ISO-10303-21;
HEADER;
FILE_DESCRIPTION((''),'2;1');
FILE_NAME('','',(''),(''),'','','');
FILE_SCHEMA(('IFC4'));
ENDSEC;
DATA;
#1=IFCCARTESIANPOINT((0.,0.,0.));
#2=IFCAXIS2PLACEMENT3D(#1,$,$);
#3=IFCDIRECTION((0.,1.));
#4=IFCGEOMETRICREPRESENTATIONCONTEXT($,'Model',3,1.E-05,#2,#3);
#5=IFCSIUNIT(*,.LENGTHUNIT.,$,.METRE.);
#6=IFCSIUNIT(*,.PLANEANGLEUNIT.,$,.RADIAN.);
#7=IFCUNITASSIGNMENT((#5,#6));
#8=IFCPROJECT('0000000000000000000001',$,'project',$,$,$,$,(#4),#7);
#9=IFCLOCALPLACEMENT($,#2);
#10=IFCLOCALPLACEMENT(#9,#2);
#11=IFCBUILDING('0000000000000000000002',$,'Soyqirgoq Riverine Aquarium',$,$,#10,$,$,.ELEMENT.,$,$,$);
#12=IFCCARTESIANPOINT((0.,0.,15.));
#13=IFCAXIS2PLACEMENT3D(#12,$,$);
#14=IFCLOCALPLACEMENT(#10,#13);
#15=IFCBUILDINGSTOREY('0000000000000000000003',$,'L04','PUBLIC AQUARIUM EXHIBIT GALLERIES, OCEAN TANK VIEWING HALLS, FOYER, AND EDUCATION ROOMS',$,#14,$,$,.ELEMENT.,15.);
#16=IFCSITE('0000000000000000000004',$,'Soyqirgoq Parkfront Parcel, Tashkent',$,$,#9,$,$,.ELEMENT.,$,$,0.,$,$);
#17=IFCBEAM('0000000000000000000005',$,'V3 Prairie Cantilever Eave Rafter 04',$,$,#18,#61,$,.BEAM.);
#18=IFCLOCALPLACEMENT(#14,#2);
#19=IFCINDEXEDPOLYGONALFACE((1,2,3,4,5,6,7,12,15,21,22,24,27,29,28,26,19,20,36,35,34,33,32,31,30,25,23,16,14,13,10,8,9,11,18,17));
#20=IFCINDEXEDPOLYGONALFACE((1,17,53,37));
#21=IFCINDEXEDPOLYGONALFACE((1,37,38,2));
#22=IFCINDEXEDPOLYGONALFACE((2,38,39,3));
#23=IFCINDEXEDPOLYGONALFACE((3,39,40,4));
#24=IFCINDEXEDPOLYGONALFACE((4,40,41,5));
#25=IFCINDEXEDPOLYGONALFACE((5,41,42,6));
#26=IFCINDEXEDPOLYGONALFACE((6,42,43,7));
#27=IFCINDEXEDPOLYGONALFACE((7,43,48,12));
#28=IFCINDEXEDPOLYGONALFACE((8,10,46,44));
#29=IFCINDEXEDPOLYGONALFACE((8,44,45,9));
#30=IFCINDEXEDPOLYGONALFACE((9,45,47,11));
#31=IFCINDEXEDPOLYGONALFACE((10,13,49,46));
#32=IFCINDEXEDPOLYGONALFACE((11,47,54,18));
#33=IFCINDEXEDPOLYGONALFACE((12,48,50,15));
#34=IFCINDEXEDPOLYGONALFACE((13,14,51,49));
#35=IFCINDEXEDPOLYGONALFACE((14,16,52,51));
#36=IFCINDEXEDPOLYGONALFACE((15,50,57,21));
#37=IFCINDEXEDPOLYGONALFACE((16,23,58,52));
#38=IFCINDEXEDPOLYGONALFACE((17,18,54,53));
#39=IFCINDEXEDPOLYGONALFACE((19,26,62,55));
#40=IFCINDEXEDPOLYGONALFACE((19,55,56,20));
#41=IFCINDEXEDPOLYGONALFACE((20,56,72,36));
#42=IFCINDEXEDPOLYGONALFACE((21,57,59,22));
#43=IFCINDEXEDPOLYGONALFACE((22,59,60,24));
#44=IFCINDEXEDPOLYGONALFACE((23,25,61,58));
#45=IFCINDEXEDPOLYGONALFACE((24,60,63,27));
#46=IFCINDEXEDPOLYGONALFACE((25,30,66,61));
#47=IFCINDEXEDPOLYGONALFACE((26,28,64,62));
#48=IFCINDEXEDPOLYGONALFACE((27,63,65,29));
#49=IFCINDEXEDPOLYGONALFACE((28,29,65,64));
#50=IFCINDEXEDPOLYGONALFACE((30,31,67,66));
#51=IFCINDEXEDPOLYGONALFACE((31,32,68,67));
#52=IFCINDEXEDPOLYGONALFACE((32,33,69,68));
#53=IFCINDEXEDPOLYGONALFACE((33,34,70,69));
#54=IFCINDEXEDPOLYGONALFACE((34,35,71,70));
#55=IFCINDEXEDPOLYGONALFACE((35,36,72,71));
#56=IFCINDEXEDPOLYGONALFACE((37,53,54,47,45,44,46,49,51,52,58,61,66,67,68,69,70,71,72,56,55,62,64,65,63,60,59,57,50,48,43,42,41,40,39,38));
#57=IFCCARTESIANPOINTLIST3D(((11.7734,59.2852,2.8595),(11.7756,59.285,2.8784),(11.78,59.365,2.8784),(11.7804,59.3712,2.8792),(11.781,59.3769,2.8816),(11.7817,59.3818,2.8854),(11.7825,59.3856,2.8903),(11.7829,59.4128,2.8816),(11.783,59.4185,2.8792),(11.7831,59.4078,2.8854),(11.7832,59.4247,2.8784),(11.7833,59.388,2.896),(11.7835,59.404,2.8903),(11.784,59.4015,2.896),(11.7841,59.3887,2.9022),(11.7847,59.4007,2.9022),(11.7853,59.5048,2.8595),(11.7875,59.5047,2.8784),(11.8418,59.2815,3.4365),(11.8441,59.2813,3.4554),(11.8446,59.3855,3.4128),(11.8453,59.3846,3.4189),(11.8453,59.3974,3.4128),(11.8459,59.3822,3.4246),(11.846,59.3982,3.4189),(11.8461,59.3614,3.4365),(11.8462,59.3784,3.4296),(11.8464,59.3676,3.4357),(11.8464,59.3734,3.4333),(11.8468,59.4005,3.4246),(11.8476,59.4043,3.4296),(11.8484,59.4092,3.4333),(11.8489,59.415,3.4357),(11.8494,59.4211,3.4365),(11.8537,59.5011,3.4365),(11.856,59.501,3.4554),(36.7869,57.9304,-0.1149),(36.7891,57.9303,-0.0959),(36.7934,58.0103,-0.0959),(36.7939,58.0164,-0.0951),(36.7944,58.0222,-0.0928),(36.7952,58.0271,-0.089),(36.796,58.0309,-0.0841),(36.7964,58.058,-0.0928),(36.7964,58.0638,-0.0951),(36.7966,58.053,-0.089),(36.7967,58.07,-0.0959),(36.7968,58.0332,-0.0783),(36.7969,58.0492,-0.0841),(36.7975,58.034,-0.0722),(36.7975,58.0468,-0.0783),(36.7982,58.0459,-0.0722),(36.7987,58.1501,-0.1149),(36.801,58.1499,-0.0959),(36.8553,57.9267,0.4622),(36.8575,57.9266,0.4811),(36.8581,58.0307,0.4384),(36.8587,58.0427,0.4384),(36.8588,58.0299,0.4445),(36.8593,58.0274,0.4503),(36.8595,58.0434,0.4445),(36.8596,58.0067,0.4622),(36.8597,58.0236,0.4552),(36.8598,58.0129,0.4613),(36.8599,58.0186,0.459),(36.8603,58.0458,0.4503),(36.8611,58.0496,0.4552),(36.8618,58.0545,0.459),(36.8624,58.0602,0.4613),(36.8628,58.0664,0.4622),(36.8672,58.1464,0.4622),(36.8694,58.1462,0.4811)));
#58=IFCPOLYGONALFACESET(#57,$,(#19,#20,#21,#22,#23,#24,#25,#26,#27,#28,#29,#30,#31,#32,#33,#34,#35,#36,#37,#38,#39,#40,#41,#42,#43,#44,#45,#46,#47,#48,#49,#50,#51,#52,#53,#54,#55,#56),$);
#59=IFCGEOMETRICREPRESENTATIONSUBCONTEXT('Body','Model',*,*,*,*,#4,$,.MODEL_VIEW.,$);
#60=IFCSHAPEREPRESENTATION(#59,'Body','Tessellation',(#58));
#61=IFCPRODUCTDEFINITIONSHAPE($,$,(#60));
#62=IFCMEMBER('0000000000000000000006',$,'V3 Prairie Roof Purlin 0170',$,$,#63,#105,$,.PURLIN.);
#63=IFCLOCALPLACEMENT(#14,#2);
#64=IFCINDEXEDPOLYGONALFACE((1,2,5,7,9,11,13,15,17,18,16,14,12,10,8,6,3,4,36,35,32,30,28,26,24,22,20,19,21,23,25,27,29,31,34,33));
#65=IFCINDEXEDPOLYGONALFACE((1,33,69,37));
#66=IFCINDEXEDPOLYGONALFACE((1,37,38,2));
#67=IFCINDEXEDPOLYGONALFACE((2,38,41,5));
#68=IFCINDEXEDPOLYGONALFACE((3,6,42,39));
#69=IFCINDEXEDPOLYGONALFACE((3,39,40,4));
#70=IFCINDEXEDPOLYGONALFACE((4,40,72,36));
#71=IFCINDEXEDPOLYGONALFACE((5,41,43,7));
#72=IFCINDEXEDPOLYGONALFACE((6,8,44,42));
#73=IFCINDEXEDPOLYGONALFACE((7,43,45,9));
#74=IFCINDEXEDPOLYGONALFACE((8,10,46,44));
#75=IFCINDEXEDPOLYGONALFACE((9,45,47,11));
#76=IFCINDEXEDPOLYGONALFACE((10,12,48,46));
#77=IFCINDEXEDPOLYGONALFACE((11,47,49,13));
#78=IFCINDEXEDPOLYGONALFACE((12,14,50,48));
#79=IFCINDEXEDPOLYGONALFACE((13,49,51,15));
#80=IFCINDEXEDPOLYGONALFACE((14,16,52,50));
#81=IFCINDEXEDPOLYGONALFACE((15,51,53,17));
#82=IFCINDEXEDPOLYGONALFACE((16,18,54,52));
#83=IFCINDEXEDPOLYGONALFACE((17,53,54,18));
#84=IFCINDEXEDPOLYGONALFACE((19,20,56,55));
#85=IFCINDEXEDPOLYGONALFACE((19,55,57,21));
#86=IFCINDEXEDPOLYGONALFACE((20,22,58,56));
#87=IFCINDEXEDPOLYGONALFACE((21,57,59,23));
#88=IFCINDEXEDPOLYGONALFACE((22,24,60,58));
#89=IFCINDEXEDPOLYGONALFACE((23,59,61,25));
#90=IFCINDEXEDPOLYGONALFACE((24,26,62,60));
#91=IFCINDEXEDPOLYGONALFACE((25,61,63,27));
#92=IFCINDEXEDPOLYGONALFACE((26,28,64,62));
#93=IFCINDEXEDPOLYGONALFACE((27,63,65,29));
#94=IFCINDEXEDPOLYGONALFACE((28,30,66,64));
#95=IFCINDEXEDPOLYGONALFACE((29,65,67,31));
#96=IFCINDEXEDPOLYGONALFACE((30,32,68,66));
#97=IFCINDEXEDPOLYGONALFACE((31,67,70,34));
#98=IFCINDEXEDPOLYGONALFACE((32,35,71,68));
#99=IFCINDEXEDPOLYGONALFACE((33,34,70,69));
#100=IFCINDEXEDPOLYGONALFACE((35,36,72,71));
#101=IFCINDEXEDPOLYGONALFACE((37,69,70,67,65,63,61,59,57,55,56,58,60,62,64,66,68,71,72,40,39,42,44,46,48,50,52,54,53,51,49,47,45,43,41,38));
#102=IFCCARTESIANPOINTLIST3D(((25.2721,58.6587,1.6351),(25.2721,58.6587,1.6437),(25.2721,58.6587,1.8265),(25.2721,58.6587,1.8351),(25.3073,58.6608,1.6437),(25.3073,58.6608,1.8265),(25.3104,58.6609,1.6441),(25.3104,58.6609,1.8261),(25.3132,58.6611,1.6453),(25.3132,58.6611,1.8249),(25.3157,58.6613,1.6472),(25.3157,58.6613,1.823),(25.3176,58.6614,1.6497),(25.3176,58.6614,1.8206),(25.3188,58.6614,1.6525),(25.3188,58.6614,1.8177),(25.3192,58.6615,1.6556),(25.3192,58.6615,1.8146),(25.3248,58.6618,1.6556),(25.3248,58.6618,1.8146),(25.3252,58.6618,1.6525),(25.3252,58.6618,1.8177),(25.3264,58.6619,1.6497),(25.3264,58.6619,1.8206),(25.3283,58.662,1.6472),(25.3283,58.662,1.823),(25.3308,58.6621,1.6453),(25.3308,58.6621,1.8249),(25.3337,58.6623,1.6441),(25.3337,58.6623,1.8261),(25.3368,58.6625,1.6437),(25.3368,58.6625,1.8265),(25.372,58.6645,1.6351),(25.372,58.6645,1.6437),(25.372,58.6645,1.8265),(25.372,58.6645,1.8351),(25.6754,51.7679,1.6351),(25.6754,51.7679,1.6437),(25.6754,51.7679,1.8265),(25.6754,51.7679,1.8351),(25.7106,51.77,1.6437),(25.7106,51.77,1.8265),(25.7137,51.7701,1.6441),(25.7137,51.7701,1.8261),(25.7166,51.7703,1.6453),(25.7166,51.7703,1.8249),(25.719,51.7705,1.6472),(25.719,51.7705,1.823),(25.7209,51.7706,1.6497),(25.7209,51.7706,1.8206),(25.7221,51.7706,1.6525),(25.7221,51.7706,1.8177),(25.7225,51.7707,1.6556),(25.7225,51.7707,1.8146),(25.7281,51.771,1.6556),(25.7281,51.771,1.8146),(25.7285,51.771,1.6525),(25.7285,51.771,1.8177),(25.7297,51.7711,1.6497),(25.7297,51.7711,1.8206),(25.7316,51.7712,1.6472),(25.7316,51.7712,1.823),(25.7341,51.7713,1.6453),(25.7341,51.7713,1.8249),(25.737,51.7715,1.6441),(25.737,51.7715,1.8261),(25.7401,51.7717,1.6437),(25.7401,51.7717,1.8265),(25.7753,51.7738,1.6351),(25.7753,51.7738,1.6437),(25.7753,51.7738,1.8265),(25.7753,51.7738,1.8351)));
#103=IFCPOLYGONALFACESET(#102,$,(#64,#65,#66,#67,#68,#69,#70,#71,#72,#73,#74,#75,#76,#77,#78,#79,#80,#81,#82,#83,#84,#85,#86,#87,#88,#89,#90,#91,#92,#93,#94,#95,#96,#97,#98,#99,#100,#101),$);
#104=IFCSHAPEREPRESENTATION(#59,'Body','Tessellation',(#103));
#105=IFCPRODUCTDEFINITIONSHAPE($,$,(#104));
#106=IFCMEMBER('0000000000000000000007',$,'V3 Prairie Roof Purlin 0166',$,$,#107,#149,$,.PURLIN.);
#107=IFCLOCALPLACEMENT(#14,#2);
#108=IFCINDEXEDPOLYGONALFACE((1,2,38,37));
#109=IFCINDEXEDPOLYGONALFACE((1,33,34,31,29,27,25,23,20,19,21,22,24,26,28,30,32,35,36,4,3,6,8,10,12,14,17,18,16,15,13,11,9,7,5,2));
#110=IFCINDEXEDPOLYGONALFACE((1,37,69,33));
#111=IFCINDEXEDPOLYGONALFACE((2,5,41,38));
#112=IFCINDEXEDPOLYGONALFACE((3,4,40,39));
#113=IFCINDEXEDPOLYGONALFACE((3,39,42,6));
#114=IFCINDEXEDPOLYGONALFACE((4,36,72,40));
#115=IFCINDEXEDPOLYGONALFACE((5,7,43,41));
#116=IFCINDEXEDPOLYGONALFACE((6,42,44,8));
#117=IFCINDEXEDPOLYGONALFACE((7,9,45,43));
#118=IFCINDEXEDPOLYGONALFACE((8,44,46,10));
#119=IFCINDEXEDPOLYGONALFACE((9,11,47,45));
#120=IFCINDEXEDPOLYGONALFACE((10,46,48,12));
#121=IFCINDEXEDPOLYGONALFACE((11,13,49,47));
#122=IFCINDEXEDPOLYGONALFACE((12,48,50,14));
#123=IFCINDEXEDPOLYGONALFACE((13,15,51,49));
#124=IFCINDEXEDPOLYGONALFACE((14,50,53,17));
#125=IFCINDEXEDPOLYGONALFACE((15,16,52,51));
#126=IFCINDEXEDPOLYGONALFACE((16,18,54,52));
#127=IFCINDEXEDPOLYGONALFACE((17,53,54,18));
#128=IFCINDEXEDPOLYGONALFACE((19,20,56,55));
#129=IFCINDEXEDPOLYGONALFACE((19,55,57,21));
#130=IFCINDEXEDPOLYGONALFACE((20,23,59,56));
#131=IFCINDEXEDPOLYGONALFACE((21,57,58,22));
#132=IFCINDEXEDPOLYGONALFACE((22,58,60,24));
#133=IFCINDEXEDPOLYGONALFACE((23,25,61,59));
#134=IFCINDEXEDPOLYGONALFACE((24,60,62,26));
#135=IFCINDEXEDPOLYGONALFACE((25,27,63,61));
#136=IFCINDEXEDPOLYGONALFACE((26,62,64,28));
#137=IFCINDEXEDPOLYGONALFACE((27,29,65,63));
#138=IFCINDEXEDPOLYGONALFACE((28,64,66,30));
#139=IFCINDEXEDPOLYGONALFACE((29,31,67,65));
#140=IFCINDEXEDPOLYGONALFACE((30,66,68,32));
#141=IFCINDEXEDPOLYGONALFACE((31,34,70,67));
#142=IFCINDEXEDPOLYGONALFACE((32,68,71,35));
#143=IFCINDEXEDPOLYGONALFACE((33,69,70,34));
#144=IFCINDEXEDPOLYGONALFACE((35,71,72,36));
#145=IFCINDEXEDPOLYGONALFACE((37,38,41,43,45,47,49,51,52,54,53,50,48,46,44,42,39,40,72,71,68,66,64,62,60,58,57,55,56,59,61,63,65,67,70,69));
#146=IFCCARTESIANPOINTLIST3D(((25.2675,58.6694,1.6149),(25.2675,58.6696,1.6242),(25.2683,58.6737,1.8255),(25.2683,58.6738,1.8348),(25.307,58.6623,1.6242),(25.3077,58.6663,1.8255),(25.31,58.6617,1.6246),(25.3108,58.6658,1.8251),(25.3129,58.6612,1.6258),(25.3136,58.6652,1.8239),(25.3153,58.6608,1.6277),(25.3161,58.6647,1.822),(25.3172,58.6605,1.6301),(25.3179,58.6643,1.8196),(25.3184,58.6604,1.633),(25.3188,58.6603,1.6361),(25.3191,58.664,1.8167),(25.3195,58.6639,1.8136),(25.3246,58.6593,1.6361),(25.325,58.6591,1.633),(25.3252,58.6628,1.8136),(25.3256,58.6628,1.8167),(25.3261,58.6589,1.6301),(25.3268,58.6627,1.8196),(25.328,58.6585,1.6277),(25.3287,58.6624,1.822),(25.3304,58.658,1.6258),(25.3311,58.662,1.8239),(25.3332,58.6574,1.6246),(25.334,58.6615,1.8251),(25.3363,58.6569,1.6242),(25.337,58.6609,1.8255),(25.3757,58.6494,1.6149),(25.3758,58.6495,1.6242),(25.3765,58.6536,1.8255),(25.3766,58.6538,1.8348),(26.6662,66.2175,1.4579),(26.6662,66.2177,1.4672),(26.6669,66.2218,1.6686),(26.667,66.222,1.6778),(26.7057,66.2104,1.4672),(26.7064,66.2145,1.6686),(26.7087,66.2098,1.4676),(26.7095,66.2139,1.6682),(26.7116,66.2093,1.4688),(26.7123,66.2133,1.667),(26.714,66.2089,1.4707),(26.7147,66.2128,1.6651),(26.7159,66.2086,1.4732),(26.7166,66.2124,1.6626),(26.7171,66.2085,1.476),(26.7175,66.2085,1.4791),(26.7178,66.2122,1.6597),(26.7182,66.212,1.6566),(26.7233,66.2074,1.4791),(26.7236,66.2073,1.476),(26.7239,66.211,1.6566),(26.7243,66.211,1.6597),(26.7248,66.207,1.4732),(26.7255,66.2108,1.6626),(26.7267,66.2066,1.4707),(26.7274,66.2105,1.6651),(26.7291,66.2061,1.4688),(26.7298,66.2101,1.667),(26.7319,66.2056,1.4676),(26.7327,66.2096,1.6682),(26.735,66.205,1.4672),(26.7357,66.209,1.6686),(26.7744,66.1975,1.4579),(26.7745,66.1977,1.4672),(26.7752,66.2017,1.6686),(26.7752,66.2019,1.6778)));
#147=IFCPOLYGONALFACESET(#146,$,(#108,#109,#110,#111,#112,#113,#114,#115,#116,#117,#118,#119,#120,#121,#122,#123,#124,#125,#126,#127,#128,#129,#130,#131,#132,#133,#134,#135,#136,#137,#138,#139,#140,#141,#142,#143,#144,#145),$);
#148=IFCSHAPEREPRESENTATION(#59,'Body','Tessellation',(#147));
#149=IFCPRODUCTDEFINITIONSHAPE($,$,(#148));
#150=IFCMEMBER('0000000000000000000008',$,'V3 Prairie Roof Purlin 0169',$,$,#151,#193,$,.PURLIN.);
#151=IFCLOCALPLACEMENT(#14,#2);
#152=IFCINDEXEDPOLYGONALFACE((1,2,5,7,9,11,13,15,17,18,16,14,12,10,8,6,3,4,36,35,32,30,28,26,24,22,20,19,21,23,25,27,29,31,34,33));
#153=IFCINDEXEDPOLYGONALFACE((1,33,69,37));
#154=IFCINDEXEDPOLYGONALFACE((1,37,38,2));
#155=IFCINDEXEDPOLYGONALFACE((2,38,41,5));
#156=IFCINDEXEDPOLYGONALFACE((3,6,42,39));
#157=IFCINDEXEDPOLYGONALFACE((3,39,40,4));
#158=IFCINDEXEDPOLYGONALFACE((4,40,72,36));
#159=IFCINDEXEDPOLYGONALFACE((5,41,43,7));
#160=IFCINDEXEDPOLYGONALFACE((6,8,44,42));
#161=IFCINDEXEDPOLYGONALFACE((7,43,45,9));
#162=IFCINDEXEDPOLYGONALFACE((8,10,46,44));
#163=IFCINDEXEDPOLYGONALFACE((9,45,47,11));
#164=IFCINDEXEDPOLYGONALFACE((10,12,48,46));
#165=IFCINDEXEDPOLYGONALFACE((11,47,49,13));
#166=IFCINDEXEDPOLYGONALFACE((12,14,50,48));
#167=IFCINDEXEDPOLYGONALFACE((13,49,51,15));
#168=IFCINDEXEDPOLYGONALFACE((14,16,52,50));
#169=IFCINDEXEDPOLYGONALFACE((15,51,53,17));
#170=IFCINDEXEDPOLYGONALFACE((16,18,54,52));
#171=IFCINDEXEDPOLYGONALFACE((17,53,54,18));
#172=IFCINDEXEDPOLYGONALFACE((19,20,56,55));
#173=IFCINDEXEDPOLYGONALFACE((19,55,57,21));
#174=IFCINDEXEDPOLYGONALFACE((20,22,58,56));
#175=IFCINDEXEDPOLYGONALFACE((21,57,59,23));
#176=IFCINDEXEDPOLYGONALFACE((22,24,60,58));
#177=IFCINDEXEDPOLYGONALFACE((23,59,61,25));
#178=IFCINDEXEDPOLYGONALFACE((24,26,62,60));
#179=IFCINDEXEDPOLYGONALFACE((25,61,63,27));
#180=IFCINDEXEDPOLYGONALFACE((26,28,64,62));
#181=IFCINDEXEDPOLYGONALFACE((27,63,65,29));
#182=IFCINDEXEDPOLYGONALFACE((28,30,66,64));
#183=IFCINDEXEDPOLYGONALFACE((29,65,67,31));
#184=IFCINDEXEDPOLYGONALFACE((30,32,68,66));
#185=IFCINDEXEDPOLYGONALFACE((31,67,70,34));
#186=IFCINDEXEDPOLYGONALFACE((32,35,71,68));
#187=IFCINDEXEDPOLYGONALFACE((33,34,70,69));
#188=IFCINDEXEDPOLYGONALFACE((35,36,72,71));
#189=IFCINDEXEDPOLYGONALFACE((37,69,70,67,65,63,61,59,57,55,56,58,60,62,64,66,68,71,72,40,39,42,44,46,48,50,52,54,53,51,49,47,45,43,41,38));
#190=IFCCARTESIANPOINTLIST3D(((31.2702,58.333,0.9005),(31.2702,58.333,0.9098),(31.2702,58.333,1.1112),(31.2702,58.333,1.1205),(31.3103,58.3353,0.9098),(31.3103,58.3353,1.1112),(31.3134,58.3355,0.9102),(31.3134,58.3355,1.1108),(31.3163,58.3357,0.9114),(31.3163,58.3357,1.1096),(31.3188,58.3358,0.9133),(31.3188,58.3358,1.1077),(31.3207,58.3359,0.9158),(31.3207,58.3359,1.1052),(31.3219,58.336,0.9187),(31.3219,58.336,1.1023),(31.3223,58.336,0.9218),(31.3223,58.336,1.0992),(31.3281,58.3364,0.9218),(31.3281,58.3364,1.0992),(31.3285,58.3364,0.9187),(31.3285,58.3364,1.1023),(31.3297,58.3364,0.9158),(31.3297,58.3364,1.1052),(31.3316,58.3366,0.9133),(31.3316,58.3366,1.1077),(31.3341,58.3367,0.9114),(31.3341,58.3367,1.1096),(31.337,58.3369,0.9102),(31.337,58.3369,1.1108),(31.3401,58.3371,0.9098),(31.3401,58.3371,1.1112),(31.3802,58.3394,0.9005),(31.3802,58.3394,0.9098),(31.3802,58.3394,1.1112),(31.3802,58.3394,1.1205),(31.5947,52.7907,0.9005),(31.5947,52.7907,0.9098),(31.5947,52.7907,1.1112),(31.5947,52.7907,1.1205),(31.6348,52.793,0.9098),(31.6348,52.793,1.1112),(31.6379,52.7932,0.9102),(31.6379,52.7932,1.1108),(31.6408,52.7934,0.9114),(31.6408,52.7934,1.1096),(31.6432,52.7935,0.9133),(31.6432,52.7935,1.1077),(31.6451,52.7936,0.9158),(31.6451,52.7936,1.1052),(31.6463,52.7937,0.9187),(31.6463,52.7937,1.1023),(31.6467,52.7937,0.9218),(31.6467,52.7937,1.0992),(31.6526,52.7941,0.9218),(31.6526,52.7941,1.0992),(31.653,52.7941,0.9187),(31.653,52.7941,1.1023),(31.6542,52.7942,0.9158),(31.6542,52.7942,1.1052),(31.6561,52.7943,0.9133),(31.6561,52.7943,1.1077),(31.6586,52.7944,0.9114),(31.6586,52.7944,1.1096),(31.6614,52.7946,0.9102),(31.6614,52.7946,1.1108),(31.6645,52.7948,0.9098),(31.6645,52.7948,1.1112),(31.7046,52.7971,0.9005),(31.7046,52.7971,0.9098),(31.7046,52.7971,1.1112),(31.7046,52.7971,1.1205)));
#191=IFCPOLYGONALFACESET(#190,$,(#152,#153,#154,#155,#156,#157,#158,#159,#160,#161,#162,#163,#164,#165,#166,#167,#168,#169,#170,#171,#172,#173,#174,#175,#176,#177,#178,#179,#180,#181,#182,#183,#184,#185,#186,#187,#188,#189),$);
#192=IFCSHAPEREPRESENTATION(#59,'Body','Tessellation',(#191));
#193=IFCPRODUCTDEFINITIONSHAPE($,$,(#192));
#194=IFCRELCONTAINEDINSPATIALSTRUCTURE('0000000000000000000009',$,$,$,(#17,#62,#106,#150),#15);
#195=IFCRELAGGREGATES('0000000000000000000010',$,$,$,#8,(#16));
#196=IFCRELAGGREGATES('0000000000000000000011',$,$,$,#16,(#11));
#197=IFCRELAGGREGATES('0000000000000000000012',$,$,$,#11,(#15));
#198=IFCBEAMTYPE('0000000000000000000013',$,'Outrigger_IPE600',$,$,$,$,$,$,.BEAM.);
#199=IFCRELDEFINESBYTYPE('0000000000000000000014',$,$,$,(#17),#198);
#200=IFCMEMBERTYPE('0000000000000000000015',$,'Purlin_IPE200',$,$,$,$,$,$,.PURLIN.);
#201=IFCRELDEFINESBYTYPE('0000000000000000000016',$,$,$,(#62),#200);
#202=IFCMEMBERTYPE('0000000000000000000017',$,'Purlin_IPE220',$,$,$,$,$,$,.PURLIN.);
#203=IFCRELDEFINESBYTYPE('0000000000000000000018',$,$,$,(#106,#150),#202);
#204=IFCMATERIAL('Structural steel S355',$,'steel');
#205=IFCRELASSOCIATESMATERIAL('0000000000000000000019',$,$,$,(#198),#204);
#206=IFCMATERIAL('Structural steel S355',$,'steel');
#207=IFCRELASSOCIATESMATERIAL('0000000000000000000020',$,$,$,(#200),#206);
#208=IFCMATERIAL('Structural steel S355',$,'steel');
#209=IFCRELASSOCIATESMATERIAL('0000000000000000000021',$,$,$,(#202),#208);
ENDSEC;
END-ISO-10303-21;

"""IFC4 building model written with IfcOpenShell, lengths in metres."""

from ifc_helpers import new_model, si_unit, direction, frame, origin, origin_2d, place, context, subcontext, project, spatial, i_section, extrude, material, material_profile, profile_set, type_object, element, save


model = new_model("IFC4")

# Units and contexts
model_context = context("Model", 3, precision=1e-05, world=origin(), true_north=direction((0.0, 1.0)))
body_context = subcontext(model_context, "Body", "Model", "MODEL_VIEW")
ifc_project = project(units=[si_unit("LENGTHUNIT", "METRE"), si_unit("PLANEANGLEUNIT", "RADIAN")], contexts=[model_context])

# Site, building, storey
site_placement = place(None, origin())
site = spatial("IfcSite", under=ifc_project, at=site_placement, Name="Soyqirgoq Parkfront Parcel, Tashkent", CompositionType="ELEMENT", RefElevation=0.0)
building_placement = place(site_placement, origin())
building = spatial("IfcBuilding", under=site, at=building_placement, Name="Soyqirgoq Riverine Aquarium", CompositionType="ELEMENT")
storey_placement = place(building_placement, frame((0.0, 0.0, 15.0)))
storey = spatial("IfcBuildingStorey", under=building, at=storey_placement, Name="L04", Description="PUBLIC AQUARIUM EXHIBIT GALLERIES, OCEAN TANK VIEWING HALLS, FOYER, AND EDUCATION ROOMS", CompositionType="ELEMENT", Elevation=15.0)

# Beam
ifc_material_1 = material(Name="Structural steel S355", Category="steel")
ifc_material_profile_1 = material_profile(ifc_material_1, i_section(OverallWidth=0.22, OverallDepth=0.6001, WebThickness=0.012, FlangeThickness=0.019, FilletRadius=0.0239, at=origin_2d()), Name="IPE 600")
ifc_profile_set_1 = profile_set([ifc_material_profile_1], Name="Structural steel S355")
beam_type_1 = type_object("IfcBeamType", Name="Outrigger_IPE600", PredefinedType="BEAM", material=ifc_profile_set_1)
beam_1_placement = place(storey_placement, frame((36.8281, 58.0383, 0.1831), z_axis=(-0.991571, 0.053704, 0.117908), x_axis=(-0.054081, -0.998537, 0.0)))
element("IfcBeam", 1, at=beam_1_placement, inside=storey, type_object=beam_type_1, Name="V3 Prairie Cantilever Eave Rafter 04", PredefinedType="BEAM", context=body_context, shape_type="SweptSolid", body=[
    extrude(i_section(OverallWidth=0.22, OverallDepth=0.6001, WebThickness=0.012, FlangeThickness=0.019, FilletRadius=0.0239, at=origin_2d()), origin(), (0.0, 0.0, 1.0), 25.2261),
])

# Members
ifc_material_2 = material(Name="Structural steel S355", Category="steel")
ifc_material_profile_2 = material_profile(ifc_material_2, i_section(OverallWidth=0.1001, OverallDepth=0.2, WebThickness=0.0056, FlangeThickness=0.0085, FilletRadius=0.012, at=origin_2d()), Name="IPE 200")
ifc_profile_set_2 = profile_set([ifc_material_profile_2], Name="Structural steel S355")
member_type_1 = type_object("IfcMemberType", Name="Purlin_IPE200", PredefinedType="PURLIN", material=ifc_profile_set_2)
member_1_placement = place(storey_placement, frame((25.322, 58.6616, 1.7351), z_axis=(0.05843, -0.998292, 0.0), x_axis=(0.998292, 0.05843, 0.0)))
element("IfcMember", 2, at=member_1_placement, inside=storey, type_object=member_type_1, Name="V3 Prairie Roof Purlin 0170", PredefinedType="PURLIN", context=body_context, shape_type="SweptSolid", body=[
    extrude(i_section(OverallWidth=0.1001, OverallDepth=0.2, WebThickness=0.0056, FlangeThickness=0.0085, FilletRadius=0.012, at=origin_2d()), origin(), (0.0, 0.0, 1.0), 6.9026),
])
ifc_material_3 = material(Name="Structural steel S355", Category="steel")
ifc_material_profile_3 = material_profile(ifc_material_3, i_section(OverallWidth=0.1101, OverallDepth=0.22, WebThickness=0.0059, FlangeThickness=0.0093, FilletRadius=0.012, at=origin_2d()), Name="IPE 220")
ifc_profile_set_3 = profile_set([ifc_material_profile_3], Name="Structural steel S355")
member_type_2 = type_object("IfcMemberType", Name="Purlin_IPE220", PredefinedType="PURLIN", material=ifc_profile_set_3)
member_2_placement = place(storey_placement, frame((26.7207, 66.2097, 1.5679), z_axis=(-0.182163, -0.983056, 0.020445), x_axis=(0.983261, -0.182201, 0.0)))
element("IfcMember", 3, at=member_2_placement, inside=storey, type_object=member_type_2, Name="V3 Prairie Roof Purlin 0166", PredefinedType="PURLIN", context=body_context, shape_type="SweptSolid", body=[
    extrude(i_section(OverallWidth=0.1101, OverallDepth=0.22, WebThickness=0.0059, FlangeThickness=0.0093, FilletRadius=0.012, at=origin_2d()), origin(), (0.0, 0.0, 1.0), 7.6782),
])
member_3_placement = place(storey_placement, frame((31.3252, 58.3362, 1.0105), z_axis=(0.058444, -0.998291, 0.0), x_axis=(0.998291, 0.058444, 0.0)))
element("IfcMember", 4, at=member_3_placement, inside=storey, type_object=member_type_2, Name="V3 Prairie Roof Purlin 0169", PredefinedType="PURLIN", context=body_context, shape_type="SweptSolid", body=[
    extrude(i_section(OverallWidth=0.1101, OverallDepth=0.22, WebThickness=0.0059, FlangeThickness=0.0093, FilletRadius=0.012, at=origin_2d()), origin(), (0.0, 0.0, 1.0), 5.5518),
])

save(model, "model.ifc")
